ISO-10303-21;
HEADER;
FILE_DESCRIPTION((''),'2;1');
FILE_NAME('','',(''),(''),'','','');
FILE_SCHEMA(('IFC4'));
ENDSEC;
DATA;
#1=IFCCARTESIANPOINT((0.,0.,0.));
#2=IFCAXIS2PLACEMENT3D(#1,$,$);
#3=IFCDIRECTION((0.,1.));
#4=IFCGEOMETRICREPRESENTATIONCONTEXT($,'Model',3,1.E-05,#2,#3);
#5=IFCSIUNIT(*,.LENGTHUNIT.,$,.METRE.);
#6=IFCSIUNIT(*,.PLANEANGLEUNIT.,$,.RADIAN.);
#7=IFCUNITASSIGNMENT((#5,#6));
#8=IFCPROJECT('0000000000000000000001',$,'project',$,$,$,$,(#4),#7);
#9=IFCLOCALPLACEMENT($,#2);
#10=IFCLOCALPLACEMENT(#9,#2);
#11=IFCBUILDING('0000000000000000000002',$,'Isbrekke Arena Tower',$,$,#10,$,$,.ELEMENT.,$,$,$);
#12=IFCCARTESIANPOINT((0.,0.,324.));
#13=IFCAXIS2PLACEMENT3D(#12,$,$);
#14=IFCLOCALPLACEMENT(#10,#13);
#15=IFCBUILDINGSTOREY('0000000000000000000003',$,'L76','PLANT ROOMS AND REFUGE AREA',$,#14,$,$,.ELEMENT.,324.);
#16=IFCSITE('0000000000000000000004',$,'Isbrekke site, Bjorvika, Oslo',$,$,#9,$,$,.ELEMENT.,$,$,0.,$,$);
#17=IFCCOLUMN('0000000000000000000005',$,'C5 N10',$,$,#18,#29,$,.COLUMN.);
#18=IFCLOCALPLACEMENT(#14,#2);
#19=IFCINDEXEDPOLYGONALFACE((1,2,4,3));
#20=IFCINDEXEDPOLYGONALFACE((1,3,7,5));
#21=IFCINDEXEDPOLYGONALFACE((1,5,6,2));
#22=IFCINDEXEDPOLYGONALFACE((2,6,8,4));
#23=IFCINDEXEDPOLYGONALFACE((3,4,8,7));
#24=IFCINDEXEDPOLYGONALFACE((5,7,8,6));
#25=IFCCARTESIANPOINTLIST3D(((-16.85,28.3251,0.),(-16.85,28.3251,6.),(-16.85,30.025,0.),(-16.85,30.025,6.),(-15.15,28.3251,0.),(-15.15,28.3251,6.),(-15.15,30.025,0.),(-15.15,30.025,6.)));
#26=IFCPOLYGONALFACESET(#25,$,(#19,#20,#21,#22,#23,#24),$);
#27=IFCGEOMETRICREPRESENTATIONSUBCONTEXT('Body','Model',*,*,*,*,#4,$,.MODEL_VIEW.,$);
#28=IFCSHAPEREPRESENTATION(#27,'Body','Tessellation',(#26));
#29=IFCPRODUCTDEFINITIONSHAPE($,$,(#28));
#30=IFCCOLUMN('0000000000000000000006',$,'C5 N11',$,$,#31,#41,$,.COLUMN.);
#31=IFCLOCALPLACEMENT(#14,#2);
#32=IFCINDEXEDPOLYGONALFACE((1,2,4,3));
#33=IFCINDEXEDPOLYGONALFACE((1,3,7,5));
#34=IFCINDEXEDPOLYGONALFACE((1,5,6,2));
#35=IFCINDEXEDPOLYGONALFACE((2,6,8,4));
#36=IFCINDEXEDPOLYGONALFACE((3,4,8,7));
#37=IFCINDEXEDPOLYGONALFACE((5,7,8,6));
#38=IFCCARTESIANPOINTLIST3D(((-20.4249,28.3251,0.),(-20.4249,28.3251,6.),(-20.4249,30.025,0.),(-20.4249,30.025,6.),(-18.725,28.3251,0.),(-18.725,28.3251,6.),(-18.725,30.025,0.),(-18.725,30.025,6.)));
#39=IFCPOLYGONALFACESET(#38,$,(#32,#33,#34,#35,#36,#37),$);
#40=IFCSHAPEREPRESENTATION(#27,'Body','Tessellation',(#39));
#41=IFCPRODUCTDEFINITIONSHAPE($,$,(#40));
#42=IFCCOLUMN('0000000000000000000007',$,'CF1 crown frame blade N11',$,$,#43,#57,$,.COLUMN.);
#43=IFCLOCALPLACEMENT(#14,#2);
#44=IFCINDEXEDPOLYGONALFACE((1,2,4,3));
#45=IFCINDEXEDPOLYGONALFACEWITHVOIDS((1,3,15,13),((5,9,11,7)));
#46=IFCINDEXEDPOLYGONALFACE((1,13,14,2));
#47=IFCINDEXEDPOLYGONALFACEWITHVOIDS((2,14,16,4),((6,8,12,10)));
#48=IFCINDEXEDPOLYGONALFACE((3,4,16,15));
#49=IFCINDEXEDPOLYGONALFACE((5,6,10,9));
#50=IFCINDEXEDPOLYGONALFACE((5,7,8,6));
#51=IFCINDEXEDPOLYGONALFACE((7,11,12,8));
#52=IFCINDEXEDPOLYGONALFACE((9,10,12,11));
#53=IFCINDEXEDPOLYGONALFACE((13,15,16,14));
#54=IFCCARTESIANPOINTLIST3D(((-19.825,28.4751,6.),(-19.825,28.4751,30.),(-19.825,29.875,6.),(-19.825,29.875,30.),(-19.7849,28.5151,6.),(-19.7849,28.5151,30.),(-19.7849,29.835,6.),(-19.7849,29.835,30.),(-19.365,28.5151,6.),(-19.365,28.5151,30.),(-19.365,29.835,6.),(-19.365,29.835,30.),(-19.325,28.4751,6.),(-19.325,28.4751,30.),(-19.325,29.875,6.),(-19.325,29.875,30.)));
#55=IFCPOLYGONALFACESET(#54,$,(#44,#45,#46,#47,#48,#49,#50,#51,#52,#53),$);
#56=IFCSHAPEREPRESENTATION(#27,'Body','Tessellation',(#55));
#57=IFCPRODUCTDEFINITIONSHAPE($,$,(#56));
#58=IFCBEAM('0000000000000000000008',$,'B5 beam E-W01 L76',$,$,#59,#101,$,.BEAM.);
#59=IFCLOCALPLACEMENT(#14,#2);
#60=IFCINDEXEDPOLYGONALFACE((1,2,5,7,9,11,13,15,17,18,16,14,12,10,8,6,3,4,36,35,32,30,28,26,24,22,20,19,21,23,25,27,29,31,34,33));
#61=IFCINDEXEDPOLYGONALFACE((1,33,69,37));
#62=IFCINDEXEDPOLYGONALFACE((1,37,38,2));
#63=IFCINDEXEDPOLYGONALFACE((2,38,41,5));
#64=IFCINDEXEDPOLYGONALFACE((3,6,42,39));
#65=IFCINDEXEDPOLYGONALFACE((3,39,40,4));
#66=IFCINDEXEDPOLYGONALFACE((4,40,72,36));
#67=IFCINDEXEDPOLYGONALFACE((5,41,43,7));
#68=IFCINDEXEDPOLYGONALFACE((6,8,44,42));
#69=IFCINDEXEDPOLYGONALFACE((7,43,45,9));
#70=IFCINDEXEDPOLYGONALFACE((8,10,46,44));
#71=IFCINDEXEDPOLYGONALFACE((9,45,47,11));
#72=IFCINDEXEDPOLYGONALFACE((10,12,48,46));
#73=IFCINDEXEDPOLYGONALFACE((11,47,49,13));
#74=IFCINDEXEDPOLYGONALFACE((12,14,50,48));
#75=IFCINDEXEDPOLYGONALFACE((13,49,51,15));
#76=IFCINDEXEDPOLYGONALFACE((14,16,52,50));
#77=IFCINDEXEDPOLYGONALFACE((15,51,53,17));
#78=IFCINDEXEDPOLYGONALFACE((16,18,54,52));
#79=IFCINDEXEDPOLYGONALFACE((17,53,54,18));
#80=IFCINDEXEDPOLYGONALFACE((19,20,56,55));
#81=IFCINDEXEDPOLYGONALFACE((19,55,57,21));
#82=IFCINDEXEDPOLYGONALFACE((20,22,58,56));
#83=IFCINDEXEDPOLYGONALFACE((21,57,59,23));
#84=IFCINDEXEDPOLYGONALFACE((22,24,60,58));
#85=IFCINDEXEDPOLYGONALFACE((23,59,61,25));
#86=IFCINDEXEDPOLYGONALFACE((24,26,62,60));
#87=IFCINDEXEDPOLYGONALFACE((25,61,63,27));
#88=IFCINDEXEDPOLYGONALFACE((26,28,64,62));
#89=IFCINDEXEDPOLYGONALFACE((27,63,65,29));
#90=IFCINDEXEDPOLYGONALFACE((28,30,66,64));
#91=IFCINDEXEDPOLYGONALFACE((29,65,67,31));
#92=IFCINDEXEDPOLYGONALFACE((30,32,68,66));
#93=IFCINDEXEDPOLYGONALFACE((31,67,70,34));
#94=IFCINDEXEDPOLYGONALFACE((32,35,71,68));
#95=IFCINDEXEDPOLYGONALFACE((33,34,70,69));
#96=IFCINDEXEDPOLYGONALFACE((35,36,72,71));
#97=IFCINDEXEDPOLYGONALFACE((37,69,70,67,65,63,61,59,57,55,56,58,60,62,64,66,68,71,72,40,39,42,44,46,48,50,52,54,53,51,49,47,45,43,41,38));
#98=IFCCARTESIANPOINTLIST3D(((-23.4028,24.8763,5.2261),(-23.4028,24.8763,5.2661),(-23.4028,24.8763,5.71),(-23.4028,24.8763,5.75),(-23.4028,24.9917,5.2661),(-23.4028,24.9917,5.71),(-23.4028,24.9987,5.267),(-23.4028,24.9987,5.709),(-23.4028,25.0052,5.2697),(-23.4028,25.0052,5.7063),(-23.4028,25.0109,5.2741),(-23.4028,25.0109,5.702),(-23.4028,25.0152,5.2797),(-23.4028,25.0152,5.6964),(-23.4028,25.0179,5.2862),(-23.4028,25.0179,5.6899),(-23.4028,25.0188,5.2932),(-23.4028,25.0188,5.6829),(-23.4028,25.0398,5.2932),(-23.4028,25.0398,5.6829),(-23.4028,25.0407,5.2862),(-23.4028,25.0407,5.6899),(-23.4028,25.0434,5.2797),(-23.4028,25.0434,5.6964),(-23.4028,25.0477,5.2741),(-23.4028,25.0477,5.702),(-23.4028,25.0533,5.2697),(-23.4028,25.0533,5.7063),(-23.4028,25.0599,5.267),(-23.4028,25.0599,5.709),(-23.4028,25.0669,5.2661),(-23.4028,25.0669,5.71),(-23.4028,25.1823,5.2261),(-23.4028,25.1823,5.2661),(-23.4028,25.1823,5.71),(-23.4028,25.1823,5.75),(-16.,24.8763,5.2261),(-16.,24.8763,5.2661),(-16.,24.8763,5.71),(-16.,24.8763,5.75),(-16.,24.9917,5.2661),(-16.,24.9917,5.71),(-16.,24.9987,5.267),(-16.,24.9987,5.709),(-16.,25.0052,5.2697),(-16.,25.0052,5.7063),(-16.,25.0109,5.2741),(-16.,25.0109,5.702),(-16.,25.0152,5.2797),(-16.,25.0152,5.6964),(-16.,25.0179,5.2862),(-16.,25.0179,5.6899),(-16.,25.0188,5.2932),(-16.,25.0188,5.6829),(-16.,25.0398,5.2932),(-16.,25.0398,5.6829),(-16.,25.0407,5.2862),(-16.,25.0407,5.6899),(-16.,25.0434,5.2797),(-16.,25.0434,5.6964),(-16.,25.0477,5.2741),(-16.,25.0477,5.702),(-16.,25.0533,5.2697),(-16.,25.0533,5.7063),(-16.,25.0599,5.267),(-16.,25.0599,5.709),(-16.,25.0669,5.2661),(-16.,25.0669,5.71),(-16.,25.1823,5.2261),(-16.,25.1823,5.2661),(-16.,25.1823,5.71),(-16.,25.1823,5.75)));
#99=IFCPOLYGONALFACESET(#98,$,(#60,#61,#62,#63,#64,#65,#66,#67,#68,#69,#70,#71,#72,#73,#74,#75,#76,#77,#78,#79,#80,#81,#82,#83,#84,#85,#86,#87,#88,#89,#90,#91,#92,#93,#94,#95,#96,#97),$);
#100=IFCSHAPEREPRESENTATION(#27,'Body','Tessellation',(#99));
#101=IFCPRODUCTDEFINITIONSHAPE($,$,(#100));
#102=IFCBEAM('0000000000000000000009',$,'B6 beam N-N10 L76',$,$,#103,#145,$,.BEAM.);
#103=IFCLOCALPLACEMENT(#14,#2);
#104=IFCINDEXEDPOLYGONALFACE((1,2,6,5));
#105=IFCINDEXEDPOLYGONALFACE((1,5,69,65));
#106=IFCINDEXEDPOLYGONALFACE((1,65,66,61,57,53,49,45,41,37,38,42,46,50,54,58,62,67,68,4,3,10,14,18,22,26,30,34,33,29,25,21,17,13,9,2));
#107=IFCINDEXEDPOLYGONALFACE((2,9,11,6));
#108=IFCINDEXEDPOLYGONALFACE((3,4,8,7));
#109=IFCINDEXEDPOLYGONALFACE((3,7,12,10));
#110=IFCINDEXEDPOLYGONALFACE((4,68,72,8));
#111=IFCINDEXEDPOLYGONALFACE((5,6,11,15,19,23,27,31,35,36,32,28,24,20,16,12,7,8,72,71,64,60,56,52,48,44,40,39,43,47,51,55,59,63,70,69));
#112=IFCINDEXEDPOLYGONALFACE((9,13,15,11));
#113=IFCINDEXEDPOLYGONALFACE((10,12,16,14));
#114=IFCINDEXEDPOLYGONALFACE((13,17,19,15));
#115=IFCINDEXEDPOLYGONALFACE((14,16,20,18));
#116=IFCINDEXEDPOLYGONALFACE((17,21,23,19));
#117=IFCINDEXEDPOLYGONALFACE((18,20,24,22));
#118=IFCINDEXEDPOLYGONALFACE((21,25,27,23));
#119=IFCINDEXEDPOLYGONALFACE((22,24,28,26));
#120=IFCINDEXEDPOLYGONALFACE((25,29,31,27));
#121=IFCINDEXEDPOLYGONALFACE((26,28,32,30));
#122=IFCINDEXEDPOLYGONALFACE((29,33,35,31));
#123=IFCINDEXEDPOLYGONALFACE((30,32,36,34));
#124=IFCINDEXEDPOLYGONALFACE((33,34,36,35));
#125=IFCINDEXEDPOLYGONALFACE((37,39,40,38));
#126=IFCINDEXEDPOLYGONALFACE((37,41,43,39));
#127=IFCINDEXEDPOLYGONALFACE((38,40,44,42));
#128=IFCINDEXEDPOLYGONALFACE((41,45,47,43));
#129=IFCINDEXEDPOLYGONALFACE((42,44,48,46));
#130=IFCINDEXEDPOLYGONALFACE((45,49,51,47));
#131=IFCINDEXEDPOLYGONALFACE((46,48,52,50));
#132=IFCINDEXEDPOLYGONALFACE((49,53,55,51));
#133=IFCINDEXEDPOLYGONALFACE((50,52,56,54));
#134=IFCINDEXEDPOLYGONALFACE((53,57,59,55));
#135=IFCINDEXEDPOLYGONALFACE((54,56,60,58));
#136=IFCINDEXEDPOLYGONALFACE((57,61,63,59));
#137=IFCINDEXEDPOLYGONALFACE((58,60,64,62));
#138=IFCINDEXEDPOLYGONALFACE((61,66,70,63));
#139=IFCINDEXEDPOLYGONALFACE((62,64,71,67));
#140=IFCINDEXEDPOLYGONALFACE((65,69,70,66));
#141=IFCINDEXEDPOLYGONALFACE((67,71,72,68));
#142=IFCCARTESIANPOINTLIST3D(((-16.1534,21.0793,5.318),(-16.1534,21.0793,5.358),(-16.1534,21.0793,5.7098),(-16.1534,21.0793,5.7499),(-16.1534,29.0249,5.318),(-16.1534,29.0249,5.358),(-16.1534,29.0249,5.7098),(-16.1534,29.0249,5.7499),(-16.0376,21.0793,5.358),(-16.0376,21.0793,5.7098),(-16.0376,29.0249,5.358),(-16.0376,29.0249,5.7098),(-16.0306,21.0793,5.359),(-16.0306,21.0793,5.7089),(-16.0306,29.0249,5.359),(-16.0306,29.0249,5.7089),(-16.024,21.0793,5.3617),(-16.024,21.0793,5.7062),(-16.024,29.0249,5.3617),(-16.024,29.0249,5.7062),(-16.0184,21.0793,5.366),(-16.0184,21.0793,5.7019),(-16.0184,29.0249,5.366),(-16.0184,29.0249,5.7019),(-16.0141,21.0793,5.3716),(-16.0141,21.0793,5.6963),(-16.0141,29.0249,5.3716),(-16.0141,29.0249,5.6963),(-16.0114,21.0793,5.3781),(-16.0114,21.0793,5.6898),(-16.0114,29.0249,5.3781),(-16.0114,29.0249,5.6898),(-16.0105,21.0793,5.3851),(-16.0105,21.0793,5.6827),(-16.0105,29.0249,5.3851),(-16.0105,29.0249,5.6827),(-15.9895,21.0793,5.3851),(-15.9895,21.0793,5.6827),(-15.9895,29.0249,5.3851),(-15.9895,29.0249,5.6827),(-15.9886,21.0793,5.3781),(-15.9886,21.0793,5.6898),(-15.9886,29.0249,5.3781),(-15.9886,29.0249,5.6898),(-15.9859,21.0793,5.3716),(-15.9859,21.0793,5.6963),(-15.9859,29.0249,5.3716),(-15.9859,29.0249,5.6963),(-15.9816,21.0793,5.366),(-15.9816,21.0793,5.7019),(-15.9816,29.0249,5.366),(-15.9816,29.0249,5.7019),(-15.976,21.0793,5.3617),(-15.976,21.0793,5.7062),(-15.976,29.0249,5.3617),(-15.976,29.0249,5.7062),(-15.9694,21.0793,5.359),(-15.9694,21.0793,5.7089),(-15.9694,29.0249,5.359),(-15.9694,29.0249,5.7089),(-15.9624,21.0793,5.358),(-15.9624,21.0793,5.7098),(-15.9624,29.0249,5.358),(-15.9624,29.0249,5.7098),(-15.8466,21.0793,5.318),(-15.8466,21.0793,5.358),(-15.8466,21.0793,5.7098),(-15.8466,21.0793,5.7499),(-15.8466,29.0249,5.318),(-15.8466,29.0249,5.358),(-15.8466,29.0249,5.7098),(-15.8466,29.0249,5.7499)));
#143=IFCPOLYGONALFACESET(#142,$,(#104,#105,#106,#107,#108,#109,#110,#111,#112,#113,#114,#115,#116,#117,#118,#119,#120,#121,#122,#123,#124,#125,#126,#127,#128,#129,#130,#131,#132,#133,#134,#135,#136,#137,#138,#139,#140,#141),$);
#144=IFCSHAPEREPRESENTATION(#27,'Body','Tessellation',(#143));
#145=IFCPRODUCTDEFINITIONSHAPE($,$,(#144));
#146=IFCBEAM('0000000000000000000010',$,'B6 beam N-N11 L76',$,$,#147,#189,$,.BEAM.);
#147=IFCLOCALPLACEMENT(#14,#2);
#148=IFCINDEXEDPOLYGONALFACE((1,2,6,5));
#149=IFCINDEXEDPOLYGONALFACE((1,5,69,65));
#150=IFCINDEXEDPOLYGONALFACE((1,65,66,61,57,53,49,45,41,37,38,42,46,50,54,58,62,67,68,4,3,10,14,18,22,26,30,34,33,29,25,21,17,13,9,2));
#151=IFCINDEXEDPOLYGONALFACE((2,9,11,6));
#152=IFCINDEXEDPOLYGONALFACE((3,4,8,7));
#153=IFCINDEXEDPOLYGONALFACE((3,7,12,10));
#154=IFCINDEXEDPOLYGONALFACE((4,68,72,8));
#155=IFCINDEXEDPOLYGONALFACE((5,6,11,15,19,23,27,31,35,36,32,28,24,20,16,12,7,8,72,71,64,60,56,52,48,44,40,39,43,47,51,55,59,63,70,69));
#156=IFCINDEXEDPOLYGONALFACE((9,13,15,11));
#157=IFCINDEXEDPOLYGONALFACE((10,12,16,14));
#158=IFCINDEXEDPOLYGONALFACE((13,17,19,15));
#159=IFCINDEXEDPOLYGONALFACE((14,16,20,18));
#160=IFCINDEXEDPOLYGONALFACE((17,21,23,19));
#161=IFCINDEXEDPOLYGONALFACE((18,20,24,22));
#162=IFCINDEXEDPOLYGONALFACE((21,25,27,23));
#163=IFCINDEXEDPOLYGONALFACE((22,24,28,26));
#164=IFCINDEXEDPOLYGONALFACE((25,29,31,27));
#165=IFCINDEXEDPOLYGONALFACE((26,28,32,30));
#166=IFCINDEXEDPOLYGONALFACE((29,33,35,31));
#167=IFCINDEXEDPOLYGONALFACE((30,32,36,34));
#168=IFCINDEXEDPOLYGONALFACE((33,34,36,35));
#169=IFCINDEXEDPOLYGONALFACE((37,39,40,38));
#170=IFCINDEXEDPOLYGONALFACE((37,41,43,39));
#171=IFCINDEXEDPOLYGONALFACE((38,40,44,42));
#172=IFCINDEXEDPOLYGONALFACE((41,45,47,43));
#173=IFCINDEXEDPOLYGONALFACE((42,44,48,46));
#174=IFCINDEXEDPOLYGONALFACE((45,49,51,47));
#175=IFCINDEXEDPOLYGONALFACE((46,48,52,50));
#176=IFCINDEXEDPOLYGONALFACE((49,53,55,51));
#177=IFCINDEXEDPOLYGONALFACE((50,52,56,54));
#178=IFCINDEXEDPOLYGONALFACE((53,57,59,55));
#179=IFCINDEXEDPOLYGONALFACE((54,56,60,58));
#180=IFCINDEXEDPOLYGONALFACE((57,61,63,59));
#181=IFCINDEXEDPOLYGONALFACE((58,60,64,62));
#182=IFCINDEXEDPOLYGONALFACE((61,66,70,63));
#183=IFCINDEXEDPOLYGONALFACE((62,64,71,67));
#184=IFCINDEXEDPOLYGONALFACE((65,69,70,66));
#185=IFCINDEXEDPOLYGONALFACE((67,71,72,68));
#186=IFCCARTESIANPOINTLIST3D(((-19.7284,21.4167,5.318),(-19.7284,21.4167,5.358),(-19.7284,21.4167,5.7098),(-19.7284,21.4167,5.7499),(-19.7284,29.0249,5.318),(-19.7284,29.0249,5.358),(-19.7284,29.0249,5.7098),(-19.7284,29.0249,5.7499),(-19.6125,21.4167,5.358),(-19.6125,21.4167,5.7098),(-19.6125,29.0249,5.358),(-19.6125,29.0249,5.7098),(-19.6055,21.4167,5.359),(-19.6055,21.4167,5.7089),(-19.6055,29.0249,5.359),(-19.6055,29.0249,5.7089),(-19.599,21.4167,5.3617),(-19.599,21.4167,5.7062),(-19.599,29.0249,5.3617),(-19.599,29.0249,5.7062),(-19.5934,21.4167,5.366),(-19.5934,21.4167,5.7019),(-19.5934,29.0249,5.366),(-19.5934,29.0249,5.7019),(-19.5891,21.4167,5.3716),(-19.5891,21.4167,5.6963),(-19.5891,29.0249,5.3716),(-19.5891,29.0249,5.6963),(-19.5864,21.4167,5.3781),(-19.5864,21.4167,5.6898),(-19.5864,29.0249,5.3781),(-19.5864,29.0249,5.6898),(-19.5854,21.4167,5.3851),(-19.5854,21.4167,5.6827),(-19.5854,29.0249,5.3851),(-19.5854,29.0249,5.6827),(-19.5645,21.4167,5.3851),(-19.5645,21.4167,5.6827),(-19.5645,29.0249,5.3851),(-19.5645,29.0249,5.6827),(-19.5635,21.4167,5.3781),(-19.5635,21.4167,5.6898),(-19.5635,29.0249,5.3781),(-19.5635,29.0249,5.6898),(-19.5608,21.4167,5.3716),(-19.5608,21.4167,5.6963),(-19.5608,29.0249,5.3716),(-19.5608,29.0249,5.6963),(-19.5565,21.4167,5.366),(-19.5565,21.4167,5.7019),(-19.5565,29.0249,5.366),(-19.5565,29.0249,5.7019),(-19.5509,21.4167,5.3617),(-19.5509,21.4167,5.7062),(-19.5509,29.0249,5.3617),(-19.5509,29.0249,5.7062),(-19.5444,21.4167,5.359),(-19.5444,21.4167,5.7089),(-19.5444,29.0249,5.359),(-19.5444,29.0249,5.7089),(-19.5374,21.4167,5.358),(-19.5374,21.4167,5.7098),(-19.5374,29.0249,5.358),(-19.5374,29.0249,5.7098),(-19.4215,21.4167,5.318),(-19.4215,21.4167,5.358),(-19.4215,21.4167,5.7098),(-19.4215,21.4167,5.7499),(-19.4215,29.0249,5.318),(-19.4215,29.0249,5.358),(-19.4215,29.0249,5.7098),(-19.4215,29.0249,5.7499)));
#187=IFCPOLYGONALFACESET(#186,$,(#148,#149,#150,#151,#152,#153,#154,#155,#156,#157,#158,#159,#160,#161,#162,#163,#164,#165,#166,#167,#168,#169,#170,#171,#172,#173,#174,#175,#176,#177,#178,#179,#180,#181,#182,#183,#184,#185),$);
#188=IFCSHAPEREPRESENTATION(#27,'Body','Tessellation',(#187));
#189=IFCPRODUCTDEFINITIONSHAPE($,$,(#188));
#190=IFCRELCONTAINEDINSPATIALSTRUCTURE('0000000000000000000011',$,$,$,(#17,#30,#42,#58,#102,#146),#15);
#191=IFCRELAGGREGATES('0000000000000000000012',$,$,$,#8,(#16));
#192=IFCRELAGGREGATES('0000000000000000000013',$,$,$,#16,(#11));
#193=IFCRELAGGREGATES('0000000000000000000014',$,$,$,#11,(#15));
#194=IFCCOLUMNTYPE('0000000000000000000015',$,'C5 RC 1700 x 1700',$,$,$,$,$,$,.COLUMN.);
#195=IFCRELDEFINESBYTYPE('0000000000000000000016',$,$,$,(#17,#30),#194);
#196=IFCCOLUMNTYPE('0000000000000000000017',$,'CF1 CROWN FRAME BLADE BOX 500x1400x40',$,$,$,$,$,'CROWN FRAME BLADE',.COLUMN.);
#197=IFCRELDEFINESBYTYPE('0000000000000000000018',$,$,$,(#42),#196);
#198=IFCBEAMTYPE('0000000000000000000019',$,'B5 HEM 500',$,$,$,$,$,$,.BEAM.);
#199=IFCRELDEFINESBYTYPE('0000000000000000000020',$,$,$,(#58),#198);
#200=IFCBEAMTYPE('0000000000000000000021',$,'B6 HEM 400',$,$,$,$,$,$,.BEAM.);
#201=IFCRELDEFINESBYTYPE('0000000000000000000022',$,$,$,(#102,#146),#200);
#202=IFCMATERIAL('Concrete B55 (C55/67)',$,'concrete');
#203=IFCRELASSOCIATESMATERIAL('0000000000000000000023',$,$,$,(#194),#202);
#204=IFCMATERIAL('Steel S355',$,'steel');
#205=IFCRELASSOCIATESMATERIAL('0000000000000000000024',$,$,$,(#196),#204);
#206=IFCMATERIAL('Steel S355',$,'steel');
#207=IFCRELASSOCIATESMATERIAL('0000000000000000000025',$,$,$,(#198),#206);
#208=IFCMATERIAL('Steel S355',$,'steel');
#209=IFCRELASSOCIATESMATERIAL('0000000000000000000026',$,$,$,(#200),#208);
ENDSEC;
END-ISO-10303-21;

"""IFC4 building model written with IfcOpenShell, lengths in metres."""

from ifc_helpers import new_model, si_unit, direction, frame, origin, origin_2d, place, context, subcontext, project, spatial, rectangle, hollow_rectangle, i_section, extrude, material, material_profile, profile_set, type_object, element, save


model = new_model("IFC4")

# Units and contexts
model_context = context("Model", 3, precision=1e-05, world=origin(), true_north=direction((0.0, 1.0)))
body_context = subcontext(model_context, "Body", "Model", "MODEL_VIEW")
ifc_project = project(units=[si_unit("LENGTHUNIT", "METRE"), si_unit("PLANEANGLEUNIT", "RADIAN")], contexts=[model_context])

# Site, building, storey
site_placement = place(None, origin())
site = spatial("IfcSite", under=ifc_project, at=site_placement, Name="Isbrekke site, Bjorvika, Oslo", CompositionType="ELEMENT", RefElevation=0.0)
building_placement = place(site_placement, origin())
building = spatial("IfcBuilding", under=site, at=building_placement, Name="Isbrekke Arena Tower", CompositionType="ELEMENT")
storey_placement = place(building_placement, frame((0.0, 0.0, 324.0)))
storey = spatial("IfcBuildingStorey", under=building, at=storey_placement, Name="L76", Description="PLANT ROOMS AND REFUGE AREA", CompositionType="ELEMENT", Elevation=324.0)

# Columns
ifc_material_1 = material(Name="Concrete B55 (C55/67)", Category="concrete")
ifc_material_profile_1 = material_profile(ifc_material_1, rectangle(XDim=1.7, YDim=1.7, at=origin_2d()), Name="RC 1700x1700")
ifc_profile_set_1 = profile_set([ifc_material_profile_1], Name="Concrete B55 (C55/67)")
column_type_1 = type_object("IfcColumnType", Name="C5 RC 1700 x 1700", PredefinedType="COLUMN", material=ifc_profile_set_1)
for number, where, z_axis, x_axis, name in (
    (1, (-16.0, 29.175, 0.0), (0.0, 0.0, 1.0), (-1.0, 0.0, 0.0), "C5 N10"),
    (2, (-19.575, 29.175, 0.0), (0.0, 0.0, 1.0), (-1.0, 0.0, 0.0), "C5 N11"),
):
    element("IfcColumn", number, at=place(storey_placement, frame(where, z_axis=z_axis, x_axis=x_axis)), inside=storey, type_object=column_type_1, Name=name, PredefinedType="COLUMN", context=body_context, shape_type="SweptSolid", body=[
        extrude(rectangle(XDim=1.7, YDim=1.7, at=origin_2d()), origin(), (0.0, 0.0, 1.0), 6.0),
    ])
ifc_material_2 = material(Name="Steel S355", Category="steel")
ifc_material_profile_2 = material_profile(ifc_material_2, hollow_rectangle(XDim=0.5, YDim=1.3999, WallThickness=0.04, at=origin_2d()), Name="BOX 500x1400x40")
ifc_profile_set_2 = profile_set([ifc_material_profile_2], Name="Steel S355")
column_type_2 = type_object("IfcColumnType", Name="CF1 CROWN FRAME BLADE BOX 500x1400x40", ElementType="CROWN FRAME BLADE", PredefinedType="COLUMN", material=ifc_profile_set_2)
column_placement = place(storey_placement, frame((-19.575, 29.175, 6.0), z_axis=(0.0, 0.0, 1.0), x_axis=(-1.0, 0.0, 0.0)))
element("IfcColumn", 3, at=column_placement, inside=storey, type_object=column_type_2, Name="CF1 crown frame blade N11", PredefinedType="COLUMN", context=body_context, shape_type="SweptSolid", body=[
    extrude(hollow_rectangle(XDim=0.5, YDim=1.3999, WallThickness=0.04, at=origin_2d()), origin(), (0.0, 0.0, 1.0), 24.0),
])

# Beams
ifc_material_3 = material(Name="Steel S355", Category="steel")
ifc_material_profile_3 = material_profile(ifc_material_3, i_section(OverallWidth=0.3059, OverallDepth=0.5239, WebThickness=0.021, FlangeThickness=0.04, FilletRadius=0.0271, at=origin_2d()), Name="HEM 500")
ifc_profile_set_3 = profile_set([ifc_material_profile_3], Name="Steel S355")
beam_type_1 = type_object("IfcBeamType", Name="B5 HEM 500", PredefinedType="BEAM", material=ifc_profile_set_3)
beam_1_placement = place(storey_placement, frame((-23.4028, 25.0293, 5.488), z_axis=(1.0, 0.0, 0.0), x_axis=(0.0, 1.0, 0.0)))
element("IfcBeam", 4, at=beam_1_placement, inside=storey, type_object=beam_type_1, Name="B5 beam E-W01 L76", PredefinedType="BEAM", context=body_context, shape_type="SweptSolid", body=[
    extrude(i_section(OverallWidth=0.3059, OverallDepth=0.5239, WebThickness=0.021, FlangeThickness=0.04, FilletRadius=0.0271, at=origin_2d()), origin(), (0.0, 0.0, 1.0), 7.4028),
])
ifc_material_4 = material(Name="Steel S355", Category="steel")
ifc_material_profile_4 = material_profile(ifc_material_4, i_section(OverallWidth=0.3069, OverallDepth=0.4319, WebThickness=0.021, FlangeThickness=0.04, FilletRadius=0.0271, at=origin_2d()), Name="HEM 400")
ifc_profile_set_4 = profile_set([ifc_material_profile_4], Name="Steel S355")
beam_type_2 = type_object("IfcBeamType", Name="B6 HEM 400", PredefinedType="BEAM", material=ifc_profile_set_4)
beam_2_placement = place(storey_placement, frame((-16.0, 29.0249, 5.5339), z_axis=(0.0, -1.0, 0.0), x_axis=(1.0, 0.0, 0.0)))
element("IfcBeam", 5, at=beam_2_placement, inside=storey, type_object=beam_type_2, Name="B6 beam N-N10 L76", PredefinedType="BEAM", context=body_context, shape_type="SweptSolid", body=[
    extrude(i_section(OverallWidth=0.3069, OverallDepth=0.4319, WebThickness=0.021, FlangeThickness=0.04, FilletRadius=0.0271, at=origin_2d()), origin(), (0.0, 0.0, 1.0), 7.9456),
])
beam_3_placement = place(storey_placement, frame((-19.575, 29.0249, 5.5339), z_axis=(0.0, -1.0, 0.0), x_axis=(1.0, 0.0, 0.0)))
element("IfcBeam", 6, at=beam_3_placement, inside=storey, type_object=beam_type_2, Name="B6 beam N-N11 L76", PredefinedType="BEAM", context=body_context, shape_type="SweptSolid", body=[
    extrude(i_section(OverallWidth=0.3069, OverallDepth=0.4319, WebThickness=0.021, FlangeThickness=0.04, FilletRadius=0.0271, at=origin_2d()), origin(), (0.0, 0.0, 1.0), 7.6082),
])

save(model, "model.ifc")
